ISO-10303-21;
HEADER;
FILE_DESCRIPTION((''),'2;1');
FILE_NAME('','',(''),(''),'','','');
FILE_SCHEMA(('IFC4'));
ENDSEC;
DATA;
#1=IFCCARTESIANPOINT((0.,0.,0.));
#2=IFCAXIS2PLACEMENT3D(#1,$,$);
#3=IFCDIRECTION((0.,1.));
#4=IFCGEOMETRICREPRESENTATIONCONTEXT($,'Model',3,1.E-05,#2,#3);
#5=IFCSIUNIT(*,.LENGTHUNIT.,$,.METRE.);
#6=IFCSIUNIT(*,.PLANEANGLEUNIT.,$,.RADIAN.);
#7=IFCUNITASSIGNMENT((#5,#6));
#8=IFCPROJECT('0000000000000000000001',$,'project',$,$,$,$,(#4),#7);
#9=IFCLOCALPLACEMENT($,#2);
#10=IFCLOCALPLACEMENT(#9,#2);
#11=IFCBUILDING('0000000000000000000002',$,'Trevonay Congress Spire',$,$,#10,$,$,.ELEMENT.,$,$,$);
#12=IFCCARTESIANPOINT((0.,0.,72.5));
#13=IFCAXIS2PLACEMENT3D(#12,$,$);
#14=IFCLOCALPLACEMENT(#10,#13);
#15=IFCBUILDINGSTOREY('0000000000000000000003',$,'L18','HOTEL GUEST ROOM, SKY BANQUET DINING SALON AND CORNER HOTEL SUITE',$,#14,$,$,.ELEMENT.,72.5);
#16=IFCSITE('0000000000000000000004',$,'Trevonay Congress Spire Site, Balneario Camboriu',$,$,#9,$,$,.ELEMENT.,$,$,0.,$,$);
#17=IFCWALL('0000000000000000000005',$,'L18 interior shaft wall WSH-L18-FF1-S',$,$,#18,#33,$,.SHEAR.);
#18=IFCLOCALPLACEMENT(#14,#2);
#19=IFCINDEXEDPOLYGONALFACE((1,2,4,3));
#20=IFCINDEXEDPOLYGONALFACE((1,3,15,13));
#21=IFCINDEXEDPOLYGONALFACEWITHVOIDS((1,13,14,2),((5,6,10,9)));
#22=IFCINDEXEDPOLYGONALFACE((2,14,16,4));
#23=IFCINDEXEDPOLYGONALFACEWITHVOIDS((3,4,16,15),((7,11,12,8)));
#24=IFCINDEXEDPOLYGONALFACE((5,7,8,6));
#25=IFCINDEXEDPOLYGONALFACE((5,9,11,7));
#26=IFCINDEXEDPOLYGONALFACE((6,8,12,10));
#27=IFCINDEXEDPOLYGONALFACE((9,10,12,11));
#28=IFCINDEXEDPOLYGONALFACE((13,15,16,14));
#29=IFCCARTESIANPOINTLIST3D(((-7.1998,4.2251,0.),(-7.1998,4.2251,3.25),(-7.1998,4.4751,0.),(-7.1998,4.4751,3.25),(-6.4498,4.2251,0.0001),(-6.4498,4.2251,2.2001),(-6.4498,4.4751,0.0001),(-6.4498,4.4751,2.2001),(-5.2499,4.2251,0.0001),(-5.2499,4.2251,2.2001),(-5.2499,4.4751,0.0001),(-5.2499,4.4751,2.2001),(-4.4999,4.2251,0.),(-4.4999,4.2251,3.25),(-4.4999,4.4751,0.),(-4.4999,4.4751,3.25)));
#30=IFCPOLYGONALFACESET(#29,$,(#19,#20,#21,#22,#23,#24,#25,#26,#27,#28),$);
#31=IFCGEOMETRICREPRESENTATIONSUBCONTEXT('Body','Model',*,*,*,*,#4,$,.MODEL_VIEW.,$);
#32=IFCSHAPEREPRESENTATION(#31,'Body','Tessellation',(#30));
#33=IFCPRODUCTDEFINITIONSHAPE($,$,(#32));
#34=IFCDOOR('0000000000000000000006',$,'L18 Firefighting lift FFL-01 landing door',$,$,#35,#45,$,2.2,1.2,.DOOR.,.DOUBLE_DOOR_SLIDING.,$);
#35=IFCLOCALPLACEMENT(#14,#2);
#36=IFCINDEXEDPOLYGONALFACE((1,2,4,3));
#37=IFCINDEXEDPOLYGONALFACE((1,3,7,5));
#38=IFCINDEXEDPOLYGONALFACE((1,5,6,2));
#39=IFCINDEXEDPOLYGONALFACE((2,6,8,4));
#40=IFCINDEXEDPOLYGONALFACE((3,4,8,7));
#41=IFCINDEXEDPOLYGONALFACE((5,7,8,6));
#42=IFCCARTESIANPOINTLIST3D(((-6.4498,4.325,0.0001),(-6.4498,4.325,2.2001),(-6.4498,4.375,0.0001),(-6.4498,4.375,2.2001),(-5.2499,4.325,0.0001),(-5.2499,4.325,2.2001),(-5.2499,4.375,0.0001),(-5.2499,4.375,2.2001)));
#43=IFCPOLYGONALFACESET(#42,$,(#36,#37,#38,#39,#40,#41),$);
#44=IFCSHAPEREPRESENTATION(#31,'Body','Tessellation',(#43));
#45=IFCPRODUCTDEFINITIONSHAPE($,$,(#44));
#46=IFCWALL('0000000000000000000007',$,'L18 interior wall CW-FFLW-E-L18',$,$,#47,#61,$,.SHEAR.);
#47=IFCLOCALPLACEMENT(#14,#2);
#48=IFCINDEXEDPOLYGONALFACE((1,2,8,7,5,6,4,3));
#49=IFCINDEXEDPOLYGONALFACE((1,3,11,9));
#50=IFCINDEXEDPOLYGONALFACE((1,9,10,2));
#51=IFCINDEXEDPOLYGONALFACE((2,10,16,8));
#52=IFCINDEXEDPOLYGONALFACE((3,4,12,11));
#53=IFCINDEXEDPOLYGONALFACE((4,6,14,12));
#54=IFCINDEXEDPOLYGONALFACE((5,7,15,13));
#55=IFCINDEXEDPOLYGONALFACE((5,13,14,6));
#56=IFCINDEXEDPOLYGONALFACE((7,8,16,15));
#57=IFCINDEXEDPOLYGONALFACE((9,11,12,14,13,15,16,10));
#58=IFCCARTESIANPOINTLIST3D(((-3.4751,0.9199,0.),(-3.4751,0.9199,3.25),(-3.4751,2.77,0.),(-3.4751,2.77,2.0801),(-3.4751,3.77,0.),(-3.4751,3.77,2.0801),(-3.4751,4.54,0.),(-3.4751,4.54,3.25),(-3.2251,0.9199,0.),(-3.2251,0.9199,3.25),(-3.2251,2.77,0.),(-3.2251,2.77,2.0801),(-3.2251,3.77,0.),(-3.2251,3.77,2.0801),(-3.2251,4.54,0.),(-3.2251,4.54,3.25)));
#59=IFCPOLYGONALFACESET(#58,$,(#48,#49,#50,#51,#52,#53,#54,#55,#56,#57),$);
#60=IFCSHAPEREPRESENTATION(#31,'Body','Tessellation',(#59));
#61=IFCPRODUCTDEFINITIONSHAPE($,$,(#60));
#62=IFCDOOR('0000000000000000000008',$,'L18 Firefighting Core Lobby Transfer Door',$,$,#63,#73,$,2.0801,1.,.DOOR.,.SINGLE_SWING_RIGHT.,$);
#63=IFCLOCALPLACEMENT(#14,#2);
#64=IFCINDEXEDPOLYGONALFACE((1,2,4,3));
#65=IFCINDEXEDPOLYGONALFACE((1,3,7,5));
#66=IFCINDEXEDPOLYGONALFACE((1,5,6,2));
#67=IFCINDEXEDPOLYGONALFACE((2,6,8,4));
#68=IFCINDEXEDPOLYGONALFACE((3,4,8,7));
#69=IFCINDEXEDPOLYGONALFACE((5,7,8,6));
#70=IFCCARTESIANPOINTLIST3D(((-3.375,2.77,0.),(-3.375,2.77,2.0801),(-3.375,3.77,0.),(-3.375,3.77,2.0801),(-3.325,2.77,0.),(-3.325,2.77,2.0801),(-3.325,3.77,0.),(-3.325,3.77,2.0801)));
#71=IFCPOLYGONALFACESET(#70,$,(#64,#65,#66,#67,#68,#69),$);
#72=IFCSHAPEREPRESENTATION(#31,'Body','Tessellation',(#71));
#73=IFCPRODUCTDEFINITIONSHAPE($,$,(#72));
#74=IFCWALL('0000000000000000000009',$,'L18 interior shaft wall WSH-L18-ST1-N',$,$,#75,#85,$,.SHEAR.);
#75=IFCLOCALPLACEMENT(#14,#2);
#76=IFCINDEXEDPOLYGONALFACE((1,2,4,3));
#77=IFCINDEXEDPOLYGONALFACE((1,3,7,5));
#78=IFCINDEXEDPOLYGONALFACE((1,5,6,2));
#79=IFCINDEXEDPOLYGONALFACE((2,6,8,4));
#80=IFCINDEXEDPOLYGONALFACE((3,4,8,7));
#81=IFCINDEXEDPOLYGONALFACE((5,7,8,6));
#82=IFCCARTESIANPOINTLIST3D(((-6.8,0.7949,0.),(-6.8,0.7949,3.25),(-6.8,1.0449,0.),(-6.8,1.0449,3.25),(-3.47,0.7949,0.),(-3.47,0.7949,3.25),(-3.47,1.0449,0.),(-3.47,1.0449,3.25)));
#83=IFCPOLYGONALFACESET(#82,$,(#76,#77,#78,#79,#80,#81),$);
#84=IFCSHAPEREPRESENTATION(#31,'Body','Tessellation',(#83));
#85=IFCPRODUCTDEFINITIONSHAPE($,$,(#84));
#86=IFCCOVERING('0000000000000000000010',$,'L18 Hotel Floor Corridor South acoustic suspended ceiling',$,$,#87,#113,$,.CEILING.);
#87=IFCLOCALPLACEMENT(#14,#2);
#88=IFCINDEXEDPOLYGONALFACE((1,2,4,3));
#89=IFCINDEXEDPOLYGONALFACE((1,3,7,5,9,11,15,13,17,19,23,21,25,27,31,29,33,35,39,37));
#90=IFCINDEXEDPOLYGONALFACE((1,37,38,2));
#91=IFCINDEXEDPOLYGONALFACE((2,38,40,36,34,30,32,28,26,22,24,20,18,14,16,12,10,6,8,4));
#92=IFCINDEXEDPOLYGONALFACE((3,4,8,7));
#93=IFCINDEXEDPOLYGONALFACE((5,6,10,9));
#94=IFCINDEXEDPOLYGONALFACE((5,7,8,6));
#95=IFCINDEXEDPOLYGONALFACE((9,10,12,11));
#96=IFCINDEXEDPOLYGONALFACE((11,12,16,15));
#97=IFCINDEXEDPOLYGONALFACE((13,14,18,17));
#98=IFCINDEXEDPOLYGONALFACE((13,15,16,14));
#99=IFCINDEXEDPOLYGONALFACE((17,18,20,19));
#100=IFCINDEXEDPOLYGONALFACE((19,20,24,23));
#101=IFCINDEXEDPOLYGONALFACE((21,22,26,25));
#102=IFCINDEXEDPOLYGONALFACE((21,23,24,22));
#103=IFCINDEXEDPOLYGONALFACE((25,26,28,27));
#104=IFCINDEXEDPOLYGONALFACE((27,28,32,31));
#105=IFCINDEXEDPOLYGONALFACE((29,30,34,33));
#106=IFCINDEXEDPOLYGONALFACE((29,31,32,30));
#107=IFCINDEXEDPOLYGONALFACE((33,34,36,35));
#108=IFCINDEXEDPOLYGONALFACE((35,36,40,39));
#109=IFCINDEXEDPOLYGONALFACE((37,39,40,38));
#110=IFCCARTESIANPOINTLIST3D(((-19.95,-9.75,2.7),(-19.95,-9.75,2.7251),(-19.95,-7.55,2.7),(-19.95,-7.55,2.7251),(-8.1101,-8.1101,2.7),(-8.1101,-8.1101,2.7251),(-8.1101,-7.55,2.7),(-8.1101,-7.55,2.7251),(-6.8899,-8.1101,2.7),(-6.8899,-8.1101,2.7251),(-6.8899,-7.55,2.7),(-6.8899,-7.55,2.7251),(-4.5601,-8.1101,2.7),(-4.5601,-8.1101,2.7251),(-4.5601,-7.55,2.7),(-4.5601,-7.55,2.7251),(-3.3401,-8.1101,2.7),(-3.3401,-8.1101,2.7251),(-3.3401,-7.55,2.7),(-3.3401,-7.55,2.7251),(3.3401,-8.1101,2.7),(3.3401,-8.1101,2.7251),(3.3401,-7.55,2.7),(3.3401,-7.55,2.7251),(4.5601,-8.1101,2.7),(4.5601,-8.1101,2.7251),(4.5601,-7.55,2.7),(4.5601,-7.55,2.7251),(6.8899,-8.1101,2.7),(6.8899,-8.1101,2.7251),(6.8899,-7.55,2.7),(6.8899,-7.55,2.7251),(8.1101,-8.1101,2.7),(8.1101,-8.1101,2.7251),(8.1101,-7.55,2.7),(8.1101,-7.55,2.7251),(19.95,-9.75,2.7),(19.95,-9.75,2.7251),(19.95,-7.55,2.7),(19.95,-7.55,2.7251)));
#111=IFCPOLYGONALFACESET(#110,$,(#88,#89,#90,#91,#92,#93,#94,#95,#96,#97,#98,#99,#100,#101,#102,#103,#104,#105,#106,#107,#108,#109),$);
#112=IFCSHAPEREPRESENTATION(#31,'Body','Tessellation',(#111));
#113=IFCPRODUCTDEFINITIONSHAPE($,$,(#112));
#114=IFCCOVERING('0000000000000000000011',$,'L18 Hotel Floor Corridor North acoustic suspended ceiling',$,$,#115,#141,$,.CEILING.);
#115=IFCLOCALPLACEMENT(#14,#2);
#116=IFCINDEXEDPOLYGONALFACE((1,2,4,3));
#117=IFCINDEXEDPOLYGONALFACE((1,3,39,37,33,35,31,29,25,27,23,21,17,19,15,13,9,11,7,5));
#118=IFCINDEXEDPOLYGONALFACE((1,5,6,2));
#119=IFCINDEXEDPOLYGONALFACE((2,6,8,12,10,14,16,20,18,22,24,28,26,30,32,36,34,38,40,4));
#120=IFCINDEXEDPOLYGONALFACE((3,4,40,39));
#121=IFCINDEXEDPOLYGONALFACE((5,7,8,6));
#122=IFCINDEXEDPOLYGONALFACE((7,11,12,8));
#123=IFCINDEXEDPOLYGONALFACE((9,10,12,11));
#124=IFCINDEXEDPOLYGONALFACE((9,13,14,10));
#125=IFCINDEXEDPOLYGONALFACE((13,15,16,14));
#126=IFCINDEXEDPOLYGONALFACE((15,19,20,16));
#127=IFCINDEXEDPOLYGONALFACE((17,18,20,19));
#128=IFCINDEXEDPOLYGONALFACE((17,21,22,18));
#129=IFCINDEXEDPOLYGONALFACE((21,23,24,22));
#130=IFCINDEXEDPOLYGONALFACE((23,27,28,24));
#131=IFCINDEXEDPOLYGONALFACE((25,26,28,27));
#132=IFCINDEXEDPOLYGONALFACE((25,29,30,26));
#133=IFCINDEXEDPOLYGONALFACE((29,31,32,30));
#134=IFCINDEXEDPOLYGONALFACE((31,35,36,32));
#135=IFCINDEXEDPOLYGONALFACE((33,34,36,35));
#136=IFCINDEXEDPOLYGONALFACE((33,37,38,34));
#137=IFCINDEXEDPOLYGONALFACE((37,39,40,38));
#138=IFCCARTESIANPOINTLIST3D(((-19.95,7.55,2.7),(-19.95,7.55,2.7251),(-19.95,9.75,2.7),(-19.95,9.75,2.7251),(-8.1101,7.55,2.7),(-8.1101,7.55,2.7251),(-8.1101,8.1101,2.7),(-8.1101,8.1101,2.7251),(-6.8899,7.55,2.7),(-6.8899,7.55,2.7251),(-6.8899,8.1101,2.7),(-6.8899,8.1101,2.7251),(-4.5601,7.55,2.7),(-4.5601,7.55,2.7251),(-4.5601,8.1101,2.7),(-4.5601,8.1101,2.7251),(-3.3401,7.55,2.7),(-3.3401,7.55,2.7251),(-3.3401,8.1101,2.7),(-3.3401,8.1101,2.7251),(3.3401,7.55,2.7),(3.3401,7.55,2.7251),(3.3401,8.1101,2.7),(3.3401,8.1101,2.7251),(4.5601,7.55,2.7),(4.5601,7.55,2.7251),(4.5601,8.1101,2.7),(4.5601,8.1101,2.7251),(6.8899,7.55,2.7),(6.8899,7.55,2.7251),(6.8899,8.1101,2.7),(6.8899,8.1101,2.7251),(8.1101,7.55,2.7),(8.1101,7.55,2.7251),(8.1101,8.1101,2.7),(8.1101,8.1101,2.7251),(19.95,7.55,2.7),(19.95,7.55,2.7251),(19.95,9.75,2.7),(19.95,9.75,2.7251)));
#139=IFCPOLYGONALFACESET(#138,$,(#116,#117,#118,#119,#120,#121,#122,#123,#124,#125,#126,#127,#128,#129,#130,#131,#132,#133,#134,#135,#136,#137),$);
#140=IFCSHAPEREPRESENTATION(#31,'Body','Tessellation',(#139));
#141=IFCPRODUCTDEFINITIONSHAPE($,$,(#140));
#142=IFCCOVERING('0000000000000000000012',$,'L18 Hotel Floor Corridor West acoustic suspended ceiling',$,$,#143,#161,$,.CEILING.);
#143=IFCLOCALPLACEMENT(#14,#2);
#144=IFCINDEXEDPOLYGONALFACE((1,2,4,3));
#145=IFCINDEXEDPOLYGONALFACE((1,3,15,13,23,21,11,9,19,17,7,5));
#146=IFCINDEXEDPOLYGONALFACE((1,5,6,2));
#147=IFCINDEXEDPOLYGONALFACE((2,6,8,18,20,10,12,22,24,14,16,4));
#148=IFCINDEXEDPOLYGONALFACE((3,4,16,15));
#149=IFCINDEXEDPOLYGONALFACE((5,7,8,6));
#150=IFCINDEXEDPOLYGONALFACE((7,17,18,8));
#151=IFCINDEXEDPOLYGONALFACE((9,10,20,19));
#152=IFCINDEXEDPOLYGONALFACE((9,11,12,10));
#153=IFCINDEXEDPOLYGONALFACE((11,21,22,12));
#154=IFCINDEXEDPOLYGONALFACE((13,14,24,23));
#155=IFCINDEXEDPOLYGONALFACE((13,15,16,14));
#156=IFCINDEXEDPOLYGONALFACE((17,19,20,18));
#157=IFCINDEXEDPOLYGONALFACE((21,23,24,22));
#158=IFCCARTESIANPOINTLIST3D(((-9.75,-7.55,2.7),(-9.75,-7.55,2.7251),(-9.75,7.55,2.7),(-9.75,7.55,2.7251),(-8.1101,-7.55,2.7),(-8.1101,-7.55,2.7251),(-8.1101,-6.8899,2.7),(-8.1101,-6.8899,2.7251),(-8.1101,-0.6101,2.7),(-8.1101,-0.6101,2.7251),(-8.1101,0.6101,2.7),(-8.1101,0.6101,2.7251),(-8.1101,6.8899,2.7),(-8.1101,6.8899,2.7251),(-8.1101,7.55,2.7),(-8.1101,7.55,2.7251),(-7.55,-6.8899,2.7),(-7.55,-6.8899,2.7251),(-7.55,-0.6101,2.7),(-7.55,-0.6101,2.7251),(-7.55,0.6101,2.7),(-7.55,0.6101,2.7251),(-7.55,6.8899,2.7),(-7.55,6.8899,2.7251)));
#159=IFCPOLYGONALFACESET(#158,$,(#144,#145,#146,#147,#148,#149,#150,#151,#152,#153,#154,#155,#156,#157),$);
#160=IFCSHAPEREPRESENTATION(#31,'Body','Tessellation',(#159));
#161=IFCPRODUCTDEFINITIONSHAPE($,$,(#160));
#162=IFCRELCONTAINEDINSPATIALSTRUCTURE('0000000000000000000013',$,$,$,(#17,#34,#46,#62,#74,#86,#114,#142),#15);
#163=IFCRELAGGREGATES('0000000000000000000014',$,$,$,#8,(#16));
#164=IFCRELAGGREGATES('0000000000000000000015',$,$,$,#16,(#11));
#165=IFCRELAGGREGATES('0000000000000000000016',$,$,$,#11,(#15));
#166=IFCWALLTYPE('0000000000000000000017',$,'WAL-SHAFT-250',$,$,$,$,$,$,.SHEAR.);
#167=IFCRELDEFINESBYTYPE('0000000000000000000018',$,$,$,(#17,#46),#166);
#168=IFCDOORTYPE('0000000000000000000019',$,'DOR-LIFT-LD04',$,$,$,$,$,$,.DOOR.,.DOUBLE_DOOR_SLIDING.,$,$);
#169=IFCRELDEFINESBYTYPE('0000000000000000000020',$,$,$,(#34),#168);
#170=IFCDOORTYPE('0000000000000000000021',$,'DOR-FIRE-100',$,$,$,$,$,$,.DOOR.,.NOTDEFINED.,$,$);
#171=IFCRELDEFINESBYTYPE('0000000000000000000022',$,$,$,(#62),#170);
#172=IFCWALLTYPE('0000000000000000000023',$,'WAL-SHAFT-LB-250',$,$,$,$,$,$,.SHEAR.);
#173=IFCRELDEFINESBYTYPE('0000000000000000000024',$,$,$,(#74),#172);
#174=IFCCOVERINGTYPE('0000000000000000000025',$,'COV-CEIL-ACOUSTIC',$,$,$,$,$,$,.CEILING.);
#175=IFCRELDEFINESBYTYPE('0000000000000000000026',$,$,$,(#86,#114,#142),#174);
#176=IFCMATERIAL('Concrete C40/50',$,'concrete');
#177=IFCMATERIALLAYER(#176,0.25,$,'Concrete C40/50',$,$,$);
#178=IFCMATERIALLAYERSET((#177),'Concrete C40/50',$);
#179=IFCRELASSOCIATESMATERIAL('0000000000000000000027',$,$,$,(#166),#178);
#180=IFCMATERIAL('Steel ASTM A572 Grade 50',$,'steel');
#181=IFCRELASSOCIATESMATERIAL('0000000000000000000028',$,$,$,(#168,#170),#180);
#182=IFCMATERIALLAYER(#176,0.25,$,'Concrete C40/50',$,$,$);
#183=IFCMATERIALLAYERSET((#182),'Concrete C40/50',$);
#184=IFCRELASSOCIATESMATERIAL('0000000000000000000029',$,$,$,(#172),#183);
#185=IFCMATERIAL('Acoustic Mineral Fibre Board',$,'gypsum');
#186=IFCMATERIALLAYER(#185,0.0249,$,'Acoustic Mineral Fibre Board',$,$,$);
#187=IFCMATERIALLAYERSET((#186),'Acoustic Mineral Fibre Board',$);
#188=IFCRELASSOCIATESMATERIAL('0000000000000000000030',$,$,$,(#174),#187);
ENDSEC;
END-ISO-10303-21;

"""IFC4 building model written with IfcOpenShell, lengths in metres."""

from ifc_helpers import new_model, si_unit, direction, frame, frame_2d, origin, place, context, subcontext, project, spatial, polyline, rectangle, outline, extrude, material, layer, layer_set, type_object, element, fill, save


model = new_model("IFC4")

# Units and contexts
model_context = context("Model", 3, precision=1e-05, world=origin(), true_north=direction((0.0, 1.0)))
body_context = subcontext(model_context, "Body", "Model", "MODEL_VIEW")
ifc_project = project(units=[si_unit("LENGTHUNIT", "METRE"), si_unit("PLANEANGLEUNIT", "RADIAN")], contexts=[model_context])

# Site, building, storey
site_placement = place(None, origin())
site = spatial("IfcSite", under=ifc_project, at=site_placement, Name="Trevonay Congress Spire Site, Balneario Camboriu", CompositionType="ELEMENT", RefElevation=0.0)
building_placement = place(site_placement, origin())
building = spatial("IfcBuilding", under=site, at=building_placement, Name="Trevonay Congress Spire", CompositionType="ELEMENT")
storey_placement = place(building_placement, frame((0.0, 0.0, 72.5)))
storey = spatial("IfcBuildingStorey", under=building, at=storey_placement, Name="L18", Description="HOTEL GUEST ROOM, SKY BANQUET DINING SALON AND CORNER HOTEL SUITE", CompositionType="ELEMENT", Elevation=72.5)

# Shared definitions
ifc_material_1 = material(Name="Steel ASTM A572 Grade 50", Category="steel")

# Shared definitions
ifc_material_2 = material(Name="Concrete C40/50", Category="concrete")

# Shared definitions
ifc_layer_1 = layer(ifc_material_2, 0.25, Name="Concrete C40/50")
ifc_layer_set_1 = layer_set([ifc_layer_1], Name="Concrete C40/50")
wall_type_1 = type_object("IfcWallType", Name="WAL-SHAFT-250", PredefinedType="SHEAR", material=ifc_layer_set_1)

# Walls, openings, doors
wall_1_placement = place(storey_placement, frame((-7.2, 4.3501, 0.0), z_axis=(0.0, 0.0, 1.0), x_axis=(1.0, 0.0, 0.0)))
wall_1 = element("IfcWall", 1, at=wall_1_placement, inside=storey, type_object=wall_type_1, Name="L18 interior shaft wall WSH-L18-FF1-S", PredefinedType="SHEAR", context=body_context, shape_type="SweptSolid", body=[
    extrude(rectangle(XDim=2.7, YDim=0.25, at=frame_2d((1.3501, 0.0))), origin(), (0.0, 0.0, 1.0), 3.25),
])
opening_1_placement = place(wall_1_placement, frame((0.75, 0.0, 0.0)))
opening_1 = element("IfcOpeningElement", 2, at=opening_1_placement, cuts=wall_1, PredefinedType="OPENING", context=body_context, shape_type="SweptSolid", body=[
    extrude(rectangle(XDim=1.2, YDim=2.2, at=frame_2d((0.6001, 1.1001))), frame((0.0, 0.135, 0.0), z_axis=(0.0, -1.0, 0.0), x_axis=(1.0, 0.0, 0.0)), (0.0, 0.0, 1.0), 0.27),
])
door_type_1 = type_object("IfcDoorType", Name="DOR-LIFT-LD04", OperationType="DOUBLE_DOOR_SLIDING", PredefinedType="DOOR", material=ifc_material_1)
door_1_placement = place(opening_1_placement, origin())
door_1 = element("IfcDoor", 3, at=door_1_placement, inside=storey, type_object=door_type_1, Name="L18 Firefighting lift FFL-01 landing door", OperationType="DOUBLE_DOOR_SLIDING", OverallHeight=2.2, OverallWidth=1.2, PredefinedType="DOOR", context=body_context, shape_type="SweptSolid", body=[
    extrude(rectangle(XDim=1.2, YDim=2.2, at=frame_2d((0.6001, 1.1001))), frame((0.0, 0.0249, 0.0), z_axis=(0.0, -1.0, 0.0), x_axis=(1.0, 0.0, 0.0)), (0.0, 0.0, 1.0), 0.05),
])
fill(opening_1, door_1)
wall_2_placement = place(storey_placement, frame((-3.3501, 0.9199, 0.0), z_axis=(0.0, 0.0, 1.0), x_axis=(0.0, 1.0, 0.0)))
wall_2 = element("IfcWall", 4, at=wall_2_placement, inside=storey, type_object=wall_type_1, Name="L18 interior wall CW-FFLW-E-L18", PredefinedType="SHEAR", context=body_context, shape_type="SweptSolid", body=[
    extrude(rectangle(XDim=3.6201, YDim=0.25, at=frame_2d((1.8101, 0.0))), origin(), (0.0, 0.0, 1.0), 3.25),
])
opening_2_placement = place(wall_2_placement, frame((1.8501, 0.0, 0.0)))
opening_2 = element("IfcOpeningElement", 5, at=opening_2_placement, cuts=wall_2, PredefinedType="OPENING", context=body_context, shape_type="SweptSolid", body=[
    extrude(rectangle(XDim=1.0, YDim=2.0801, at=frame_2d((0.5, 1.04))), frame((0.0, 0.135, 0.0), z_axis=(0.0, -1.0, 0.0), x_axis=(1.0, 0.0, 0.0)), (0.0, 0.0, 1.0), 0.27),
])
door_type_2 = type_object("IfcDoorType", Name="DOR-FIRE-100", OperationType="NOTDEFINED", PredefinedType="DOOR", material=ifc_material_1)
door_2_placement = place(opening_2_placement, origin())
door_2 = element("IfcDoor", 6, at=door_2_placement, inside=storey, type_object=door_type_2, Name="L18 Firefighting Core Lobby Transfer Door", OperationType="SINGLE_SWING_RIGHT", OverallHeight=2.0801, OverallWidth=1.0, PredefinedType="DOOR", context=body_context, shape_type="SweptSolid", body=[
    extrude(rectangle(XDim=1.0, YDim=2.0801, at=frame_2d((0.5, 1.04))), frame((0.0, 0.0249, 0.0), z_axis=(0.0, -1.0, 0.0), x_axis=(1.0, 0.0, 0.0)), (0.0, 0.0, 1.0), 0.05),
])
fill(opening_2, door_2)

# Wall
ifc_layer_2 = layer(ifc_material_2, 0.25, Name="Concrete C40/50")
ifc_layer_set_2 = layer_set([ifc_layer_2], Name="Concrete C40/50")
wall_type_2 = type_object("IfcWallType", Name="WAL-SHAFT-LB-250", PredefinedType="SHEAR", material=ifc_layer_set_2)
wall_3_placement = place(storey_placement, frame((-6.8, 0.9199, 0.0), z_axis=(0.0, 0.0, 1.0), x_axis=(1.0, 0.0, 0.0)))
element("IfcWall", 7, at=wall_3_placement, inside=storey, type_object=wall_type_2, Name="L18 interior shaft wall WSH-L18-ST1-N", PredefinedType="SHEAR", context=body_context, shape_type="SweptSolid", body=[
    extrude(rectangle(XDim=3.3301, YDim=0.25, at=frame_2d((1.665, 0.0))), origin(), (0.0, 0.0, 1.0), 3.25),
])

# Coverings
ifc_material_3 = material(Name="Acoustic Mineral Fibre Board", Category="gypsum")
ifc_layer_3 = layer(ifc_material_3, 0.0249, Name="Acoustic Mineral Fibre Board")
ifc_layer_set_3 = layer_set([ifc_layer_3], Name="Acoustic Mineral Fibre Board")
covering_type_1 = type_object("IfcCoveringType", Name="COV-CEIL-ACOUSTIC", PredefinedType="CEILING", material=ifc_layer_set_3)
covering_1_placement = place(storey_placement, frame((0.0, 0.0, 2.7)))
element("IfcCovering", 8, at=covering_1_placement, inside=storey, type_object=covering_type_1, Name="L18 Hotel Floor Corridor South acoustic suspended ceiling", PredefinedType="CEILING", context=body_context, shape_type="SweptSolid", body=[
    extrude(outline(polyline([(19.95, -7.55), (19.95, -9.75), (-19.95, -9.75), (-19.95, -7.55), (-8.1101, -7.55), (-8.1101, -8.1101), (-6.8899, -8.1101), (-6.8899, -7.55), (-4.5601, -7.55), (-4.5601, -8.1101), (-3.3401, -8.1101), (-3.3401, -7.55), (3.3401, -7.55), (3.3401, -8.1101), (4.5601, -8.1101), (4.5601, -7.55), (6.8899, -7.55), (6.8899, -8.1101), (8.1101, -8.1101), (8.1101, -7.55), (19.95, -7.55)])), origin(), (0.0, 0.0, 1.0), 0.0251),
])
covering_2_placement = place(storey_placement, frame((0.0, 0.0, 2.7)))
element("IfcCovering", 9, at=covering_2_placement, inside=storey, type_object=covering_type_1, Name="L18 Hotel Floor Corridor North acoustic suspended ceiling", PredefinedType="CEILING", context=body_context, shape_type="SweptSolid", body=[
    extrude(outline(polyline([(-19.95, 7.55), (-19.95, 9.75), (19.95, 9.75), (19.95, 7.55), (8.1101, 7.55), (8.1101, 8.1101), (6.8899, 8.1101), (6.8899, 7.55), (4.5601, 7.55), (4.5601, 8.1101), (3.3401, 8.1101), (3.3401, 7.55), (-3.3401, 7.55), (-3.3401, 8.1101), (-4.5601, 8.1101), (-4.5601, 7.55), (-6.8899, 7.55), (-6.8899, 8.1101), (-8.1101, 8.1101), (-8.1101, 7.55), (-19.95, 7.55)])), origin(), (0.0, 0.0, 1.0), 0.0251),
])
covering_3_placement = place(storey_placement, frame((0.0, 0.0, 2.7)))
element("IfcCovering", 10, at=covering_3_placement, inside=storey, type_object=covering_type_1, Name="L18 Hotel Floor Corridor West acoustic suspended ceiling", PredefinedType="CEILING", context=body_context, shape_type="SweptSolid", body=[
    extrude(outline(polyline([(-9.75, 7.55), (-8.1101, 7.55), (-8.1101, 6.8899), (-7.55, 6.8899), (-7.55, 0.6101), (-8.1101, 0.6101), (-8.1101, -0.6101), (-7.55, -0.6101), (-7.55, -6.8899), (-8.1101, -6.8899), (-8.1101, -7.55), (-9.75, -7.55), (-9.75, 7.55)])), origin(), (0.0, 0.0, 1.0), 0.0251),
])

save(model, "model.ifc")
